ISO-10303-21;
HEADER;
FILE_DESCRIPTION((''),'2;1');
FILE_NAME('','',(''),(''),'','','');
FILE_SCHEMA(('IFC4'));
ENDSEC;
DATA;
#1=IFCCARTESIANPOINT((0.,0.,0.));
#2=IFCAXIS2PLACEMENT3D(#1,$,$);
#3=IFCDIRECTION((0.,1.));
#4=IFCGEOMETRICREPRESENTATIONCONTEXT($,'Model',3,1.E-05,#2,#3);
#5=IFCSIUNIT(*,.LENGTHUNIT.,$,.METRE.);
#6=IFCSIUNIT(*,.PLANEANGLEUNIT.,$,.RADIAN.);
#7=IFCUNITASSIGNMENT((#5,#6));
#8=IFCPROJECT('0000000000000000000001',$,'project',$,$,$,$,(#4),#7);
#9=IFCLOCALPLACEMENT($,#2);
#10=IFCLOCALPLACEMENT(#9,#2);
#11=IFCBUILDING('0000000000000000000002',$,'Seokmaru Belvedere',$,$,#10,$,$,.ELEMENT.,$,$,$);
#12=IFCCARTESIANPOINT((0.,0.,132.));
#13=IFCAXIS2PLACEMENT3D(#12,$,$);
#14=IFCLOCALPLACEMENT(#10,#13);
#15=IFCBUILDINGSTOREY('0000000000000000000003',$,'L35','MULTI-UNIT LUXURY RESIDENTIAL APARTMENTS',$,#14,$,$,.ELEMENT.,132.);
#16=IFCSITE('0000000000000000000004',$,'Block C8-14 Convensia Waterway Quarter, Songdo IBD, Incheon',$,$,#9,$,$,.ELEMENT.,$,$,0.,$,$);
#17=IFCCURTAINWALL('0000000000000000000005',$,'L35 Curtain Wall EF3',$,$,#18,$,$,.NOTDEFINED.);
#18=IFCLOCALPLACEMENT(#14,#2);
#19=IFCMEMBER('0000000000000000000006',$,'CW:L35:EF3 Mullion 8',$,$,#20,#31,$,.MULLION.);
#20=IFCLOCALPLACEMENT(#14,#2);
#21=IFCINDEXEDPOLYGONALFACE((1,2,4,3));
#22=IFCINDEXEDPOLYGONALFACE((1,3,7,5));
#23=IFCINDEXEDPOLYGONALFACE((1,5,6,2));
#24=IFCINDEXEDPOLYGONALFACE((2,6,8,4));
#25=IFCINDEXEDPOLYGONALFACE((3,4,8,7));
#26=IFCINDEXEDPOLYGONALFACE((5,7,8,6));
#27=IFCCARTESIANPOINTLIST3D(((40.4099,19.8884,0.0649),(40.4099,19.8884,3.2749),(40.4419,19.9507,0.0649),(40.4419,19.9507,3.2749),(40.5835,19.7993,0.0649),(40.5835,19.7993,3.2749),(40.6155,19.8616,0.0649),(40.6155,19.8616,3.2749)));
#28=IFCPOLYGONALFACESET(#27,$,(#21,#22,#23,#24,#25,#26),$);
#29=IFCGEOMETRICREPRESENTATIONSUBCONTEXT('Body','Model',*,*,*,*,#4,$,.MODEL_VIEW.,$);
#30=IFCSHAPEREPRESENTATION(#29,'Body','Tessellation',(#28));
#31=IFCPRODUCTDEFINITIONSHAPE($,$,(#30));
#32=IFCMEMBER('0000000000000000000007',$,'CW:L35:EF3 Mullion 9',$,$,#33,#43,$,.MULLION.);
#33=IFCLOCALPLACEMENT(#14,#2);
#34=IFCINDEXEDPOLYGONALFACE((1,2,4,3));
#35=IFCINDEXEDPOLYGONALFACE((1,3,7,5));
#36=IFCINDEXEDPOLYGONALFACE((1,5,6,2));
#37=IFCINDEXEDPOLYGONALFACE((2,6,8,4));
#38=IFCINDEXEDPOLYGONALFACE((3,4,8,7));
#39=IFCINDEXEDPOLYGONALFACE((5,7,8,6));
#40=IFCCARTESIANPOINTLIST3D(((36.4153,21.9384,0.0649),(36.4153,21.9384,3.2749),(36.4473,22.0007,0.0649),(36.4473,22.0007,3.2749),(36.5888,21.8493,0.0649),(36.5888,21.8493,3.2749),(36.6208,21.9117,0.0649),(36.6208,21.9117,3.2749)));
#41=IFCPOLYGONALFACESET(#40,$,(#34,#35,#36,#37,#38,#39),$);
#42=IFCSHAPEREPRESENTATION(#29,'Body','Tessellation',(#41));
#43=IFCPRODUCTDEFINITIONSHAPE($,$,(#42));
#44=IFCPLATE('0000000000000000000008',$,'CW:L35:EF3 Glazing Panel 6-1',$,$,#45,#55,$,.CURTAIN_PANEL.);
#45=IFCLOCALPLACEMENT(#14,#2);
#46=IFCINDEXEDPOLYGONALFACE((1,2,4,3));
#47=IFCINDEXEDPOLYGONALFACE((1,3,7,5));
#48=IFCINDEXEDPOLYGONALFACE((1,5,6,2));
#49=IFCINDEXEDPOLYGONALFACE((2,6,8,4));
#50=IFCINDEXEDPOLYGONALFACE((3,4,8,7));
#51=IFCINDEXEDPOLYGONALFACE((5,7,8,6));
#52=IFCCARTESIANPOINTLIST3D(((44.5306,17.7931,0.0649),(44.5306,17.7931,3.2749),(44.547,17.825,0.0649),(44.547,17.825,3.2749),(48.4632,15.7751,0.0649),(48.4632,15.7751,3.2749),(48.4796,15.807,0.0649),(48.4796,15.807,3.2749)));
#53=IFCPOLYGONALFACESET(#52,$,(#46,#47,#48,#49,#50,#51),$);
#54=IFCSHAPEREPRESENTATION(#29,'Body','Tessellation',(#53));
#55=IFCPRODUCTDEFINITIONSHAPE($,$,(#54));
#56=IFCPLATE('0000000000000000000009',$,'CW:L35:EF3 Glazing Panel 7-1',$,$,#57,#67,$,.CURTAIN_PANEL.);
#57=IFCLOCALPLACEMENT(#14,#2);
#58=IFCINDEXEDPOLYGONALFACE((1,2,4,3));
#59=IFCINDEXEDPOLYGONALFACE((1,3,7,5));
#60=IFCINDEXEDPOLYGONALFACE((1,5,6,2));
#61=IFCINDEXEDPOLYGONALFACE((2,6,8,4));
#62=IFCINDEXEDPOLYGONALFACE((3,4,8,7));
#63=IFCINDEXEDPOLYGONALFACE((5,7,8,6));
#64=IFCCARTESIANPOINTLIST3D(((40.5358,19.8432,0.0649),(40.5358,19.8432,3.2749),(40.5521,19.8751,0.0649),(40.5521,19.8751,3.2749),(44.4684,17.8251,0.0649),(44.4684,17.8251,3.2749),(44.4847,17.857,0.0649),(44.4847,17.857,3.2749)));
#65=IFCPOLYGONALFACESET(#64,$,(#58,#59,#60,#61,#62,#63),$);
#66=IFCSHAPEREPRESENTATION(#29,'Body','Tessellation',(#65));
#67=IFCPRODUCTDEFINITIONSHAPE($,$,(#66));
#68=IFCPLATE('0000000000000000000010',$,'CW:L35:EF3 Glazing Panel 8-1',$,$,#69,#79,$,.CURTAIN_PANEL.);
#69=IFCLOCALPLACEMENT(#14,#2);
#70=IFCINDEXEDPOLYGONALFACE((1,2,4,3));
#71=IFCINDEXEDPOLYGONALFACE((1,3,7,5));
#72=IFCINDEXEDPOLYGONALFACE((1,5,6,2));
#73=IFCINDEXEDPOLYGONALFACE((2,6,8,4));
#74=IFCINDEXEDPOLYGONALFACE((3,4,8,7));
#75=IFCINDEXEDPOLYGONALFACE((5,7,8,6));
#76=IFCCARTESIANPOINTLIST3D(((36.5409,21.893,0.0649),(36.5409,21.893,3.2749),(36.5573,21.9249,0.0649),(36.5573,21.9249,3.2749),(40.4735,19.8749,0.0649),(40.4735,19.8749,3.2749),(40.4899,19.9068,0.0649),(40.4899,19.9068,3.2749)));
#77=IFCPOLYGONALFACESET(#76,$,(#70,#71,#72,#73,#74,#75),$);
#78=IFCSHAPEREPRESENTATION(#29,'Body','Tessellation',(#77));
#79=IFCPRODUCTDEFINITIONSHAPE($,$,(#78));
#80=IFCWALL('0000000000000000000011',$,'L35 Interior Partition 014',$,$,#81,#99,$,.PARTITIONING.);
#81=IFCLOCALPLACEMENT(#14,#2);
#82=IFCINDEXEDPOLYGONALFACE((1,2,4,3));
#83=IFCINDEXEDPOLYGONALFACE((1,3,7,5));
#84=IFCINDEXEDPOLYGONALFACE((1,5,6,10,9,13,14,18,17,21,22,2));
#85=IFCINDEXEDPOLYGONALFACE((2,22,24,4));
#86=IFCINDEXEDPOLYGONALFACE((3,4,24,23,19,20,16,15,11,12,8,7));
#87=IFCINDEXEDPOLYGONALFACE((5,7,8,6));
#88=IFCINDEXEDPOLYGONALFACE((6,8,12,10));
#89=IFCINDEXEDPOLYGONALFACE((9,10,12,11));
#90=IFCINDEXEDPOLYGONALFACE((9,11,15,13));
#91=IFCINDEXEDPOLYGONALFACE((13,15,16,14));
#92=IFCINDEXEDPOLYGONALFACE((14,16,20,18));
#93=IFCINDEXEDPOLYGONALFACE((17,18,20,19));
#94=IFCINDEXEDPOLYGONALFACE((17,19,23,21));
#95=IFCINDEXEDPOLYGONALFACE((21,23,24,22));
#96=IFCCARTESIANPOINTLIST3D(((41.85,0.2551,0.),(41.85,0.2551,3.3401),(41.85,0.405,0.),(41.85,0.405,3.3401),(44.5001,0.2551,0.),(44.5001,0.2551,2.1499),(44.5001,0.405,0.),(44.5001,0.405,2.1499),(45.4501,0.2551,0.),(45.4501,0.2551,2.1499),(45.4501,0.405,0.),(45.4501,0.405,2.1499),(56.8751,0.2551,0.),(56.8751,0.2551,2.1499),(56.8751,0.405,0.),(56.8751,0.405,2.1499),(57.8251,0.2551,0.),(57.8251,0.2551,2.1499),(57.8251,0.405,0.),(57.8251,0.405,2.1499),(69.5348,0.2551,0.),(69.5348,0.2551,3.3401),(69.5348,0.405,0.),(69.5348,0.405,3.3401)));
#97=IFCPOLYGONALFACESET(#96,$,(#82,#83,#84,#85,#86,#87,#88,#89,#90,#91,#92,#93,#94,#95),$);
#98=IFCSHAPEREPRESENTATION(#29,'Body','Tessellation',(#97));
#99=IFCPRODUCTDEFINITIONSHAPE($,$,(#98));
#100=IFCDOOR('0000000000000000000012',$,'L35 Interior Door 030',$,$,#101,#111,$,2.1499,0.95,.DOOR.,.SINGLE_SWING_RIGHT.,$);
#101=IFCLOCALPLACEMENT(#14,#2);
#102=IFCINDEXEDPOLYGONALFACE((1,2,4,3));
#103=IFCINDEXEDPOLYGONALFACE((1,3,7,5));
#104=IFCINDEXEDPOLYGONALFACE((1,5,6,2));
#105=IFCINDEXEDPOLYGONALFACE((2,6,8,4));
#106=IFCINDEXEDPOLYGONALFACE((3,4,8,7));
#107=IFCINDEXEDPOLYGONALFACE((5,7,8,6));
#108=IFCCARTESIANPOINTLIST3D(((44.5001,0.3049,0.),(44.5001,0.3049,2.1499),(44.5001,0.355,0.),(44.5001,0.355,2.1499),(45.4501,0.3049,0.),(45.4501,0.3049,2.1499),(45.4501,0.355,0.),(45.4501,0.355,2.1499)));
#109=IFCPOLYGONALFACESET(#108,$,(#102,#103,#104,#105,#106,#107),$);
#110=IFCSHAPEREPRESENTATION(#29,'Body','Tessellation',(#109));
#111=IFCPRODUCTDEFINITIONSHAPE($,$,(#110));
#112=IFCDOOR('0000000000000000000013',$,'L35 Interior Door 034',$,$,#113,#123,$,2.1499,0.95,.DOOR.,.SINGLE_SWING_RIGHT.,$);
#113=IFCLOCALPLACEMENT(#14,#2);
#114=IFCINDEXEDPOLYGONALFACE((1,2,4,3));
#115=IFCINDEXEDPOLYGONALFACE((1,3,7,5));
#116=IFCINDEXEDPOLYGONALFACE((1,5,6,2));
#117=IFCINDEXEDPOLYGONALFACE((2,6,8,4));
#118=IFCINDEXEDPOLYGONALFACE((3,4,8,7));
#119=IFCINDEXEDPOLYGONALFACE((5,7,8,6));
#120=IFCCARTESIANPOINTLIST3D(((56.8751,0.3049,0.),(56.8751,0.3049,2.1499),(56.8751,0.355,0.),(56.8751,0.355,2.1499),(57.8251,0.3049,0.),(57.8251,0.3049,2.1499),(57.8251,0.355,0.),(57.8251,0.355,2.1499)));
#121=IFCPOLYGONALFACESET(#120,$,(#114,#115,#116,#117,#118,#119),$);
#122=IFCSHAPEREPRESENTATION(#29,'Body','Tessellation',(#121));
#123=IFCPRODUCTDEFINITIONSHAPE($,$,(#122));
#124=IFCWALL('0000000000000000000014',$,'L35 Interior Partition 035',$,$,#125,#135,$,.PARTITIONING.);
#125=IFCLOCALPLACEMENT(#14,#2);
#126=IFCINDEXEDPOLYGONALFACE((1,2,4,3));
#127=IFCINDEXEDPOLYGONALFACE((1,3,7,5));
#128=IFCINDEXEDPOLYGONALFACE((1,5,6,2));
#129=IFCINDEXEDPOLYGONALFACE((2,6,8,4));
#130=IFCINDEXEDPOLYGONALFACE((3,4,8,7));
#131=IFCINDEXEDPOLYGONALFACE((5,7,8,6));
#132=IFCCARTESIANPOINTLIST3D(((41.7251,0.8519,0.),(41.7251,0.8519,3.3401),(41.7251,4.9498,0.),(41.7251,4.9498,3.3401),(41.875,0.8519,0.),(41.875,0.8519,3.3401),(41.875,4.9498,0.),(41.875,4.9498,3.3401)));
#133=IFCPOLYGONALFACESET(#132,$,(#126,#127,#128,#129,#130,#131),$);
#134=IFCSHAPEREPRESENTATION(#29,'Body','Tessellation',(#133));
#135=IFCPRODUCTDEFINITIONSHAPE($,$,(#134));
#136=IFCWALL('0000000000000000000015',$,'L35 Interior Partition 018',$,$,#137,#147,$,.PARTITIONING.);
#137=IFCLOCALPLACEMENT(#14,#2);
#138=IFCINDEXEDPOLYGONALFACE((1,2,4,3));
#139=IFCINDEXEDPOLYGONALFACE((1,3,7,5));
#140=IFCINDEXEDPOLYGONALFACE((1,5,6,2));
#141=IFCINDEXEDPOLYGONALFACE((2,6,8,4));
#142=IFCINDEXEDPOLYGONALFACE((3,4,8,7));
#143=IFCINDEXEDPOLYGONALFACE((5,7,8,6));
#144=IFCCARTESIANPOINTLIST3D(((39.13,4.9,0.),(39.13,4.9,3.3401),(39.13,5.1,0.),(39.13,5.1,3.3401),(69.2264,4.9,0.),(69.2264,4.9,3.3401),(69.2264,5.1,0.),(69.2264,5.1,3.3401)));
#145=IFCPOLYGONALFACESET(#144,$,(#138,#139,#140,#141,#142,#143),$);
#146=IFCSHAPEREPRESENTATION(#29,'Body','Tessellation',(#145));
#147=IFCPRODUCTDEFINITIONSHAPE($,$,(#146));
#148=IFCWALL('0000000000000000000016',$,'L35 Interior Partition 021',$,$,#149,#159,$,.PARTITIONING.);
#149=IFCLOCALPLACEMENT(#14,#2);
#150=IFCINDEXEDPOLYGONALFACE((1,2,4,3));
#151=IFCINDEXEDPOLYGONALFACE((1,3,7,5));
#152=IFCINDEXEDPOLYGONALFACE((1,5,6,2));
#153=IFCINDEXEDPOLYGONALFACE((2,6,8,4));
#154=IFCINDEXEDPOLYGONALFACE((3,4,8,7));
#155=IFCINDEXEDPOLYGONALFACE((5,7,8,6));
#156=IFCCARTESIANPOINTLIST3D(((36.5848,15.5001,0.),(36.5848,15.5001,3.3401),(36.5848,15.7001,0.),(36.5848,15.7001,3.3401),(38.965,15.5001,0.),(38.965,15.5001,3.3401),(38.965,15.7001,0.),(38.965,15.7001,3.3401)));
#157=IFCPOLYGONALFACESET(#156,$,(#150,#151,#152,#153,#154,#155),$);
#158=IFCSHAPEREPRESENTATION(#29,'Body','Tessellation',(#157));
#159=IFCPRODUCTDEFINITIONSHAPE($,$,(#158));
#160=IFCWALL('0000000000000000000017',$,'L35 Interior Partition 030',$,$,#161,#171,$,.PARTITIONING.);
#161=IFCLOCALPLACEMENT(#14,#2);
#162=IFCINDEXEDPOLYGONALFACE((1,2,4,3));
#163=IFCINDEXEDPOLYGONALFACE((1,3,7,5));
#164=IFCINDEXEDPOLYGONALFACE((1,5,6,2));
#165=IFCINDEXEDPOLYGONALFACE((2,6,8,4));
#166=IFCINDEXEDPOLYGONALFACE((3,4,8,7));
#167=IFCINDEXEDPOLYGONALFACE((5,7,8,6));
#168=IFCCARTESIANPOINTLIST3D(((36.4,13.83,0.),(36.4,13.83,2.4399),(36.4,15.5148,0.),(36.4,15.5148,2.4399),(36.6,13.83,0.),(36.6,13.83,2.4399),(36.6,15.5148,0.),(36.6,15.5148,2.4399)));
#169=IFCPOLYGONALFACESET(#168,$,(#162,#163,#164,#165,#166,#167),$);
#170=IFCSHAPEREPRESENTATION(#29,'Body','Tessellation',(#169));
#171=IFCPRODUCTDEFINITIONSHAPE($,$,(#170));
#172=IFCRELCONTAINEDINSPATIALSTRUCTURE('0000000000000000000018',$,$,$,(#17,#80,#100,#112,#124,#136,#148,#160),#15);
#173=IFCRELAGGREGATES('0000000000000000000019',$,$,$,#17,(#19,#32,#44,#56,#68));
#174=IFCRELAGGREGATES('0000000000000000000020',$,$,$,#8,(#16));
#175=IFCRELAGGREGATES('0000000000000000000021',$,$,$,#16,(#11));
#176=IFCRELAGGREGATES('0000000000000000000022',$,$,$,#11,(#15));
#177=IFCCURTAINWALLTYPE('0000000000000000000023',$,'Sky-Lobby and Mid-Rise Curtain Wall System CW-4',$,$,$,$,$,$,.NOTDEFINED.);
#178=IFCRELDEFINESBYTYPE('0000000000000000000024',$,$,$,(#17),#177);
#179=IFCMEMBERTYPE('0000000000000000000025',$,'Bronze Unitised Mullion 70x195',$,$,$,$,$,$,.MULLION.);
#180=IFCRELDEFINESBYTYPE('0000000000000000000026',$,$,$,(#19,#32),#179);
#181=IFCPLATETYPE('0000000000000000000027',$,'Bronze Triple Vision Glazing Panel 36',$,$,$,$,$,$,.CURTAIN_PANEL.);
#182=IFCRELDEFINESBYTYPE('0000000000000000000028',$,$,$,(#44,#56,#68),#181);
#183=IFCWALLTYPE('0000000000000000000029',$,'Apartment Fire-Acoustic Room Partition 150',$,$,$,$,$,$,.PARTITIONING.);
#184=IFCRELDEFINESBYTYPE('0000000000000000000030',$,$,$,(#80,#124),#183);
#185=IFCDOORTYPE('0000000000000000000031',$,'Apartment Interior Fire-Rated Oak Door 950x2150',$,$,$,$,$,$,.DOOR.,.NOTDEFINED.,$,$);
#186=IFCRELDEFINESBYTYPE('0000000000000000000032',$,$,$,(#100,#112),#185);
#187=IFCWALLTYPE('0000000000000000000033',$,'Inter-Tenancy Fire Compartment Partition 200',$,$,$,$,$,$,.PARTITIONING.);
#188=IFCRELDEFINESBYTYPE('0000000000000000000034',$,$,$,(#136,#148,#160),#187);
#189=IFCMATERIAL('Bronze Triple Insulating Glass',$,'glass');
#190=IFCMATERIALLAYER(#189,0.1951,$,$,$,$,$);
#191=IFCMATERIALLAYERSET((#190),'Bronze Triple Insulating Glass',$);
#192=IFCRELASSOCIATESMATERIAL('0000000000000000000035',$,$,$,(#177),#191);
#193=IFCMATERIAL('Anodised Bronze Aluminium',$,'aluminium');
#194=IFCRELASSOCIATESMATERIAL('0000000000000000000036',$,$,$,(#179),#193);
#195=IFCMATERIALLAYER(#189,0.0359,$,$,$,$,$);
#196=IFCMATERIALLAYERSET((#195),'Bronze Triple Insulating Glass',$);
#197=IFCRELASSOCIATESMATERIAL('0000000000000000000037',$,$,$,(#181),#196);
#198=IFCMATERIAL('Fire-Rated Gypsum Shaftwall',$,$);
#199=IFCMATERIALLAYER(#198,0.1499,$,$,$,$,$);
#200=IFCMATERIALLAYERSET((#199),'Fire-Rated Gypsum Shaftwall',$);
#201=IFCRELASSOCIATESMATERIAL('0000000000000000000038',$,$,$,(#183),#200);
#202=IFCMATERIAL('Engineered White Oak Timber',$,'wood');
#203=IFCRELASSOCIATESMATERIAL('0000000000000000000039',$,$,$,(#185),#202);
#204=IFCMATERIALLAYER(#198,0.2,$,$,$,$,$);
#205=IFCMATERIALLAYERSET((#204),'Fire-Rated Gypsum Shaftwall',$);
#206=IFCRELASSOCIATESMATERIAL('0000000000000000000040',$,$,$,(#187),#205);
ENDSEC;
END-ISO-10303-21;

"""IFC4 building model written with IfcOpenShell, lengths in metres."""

from ifc_helpers import new_model, si_unit, direction, frame, frame_2d, origin, origin_2d, place, context, subcontext, project, spatial, rectangle, extrude, source, transform, mapped, material, layer, layer_set, material_profile, profile_set, type_object, type_shapes, element, fill, aggregate, save


model = new_model("IFC4")

# Units and contexts
model_context = context("Model", 3, precision=1e-05, world=origin(), true_north=direction((0.0, 1.0)))
body_context = subcontext(model_context, "Body", "Model", "MODEL_VIEW")
ifc_project = project(units=[si_unit("LENGTHUNIT", "METRE"), si_unit("PLANEANGLEUNIT", "RADIAN")], contexts=[model_context])

# Site, building, storey
site_placement = place(None, origin())
site = spatial("IfcSite", under=ifc_project, at=site_placement, Name="Block C8-14 Convensia Waterway Quarter, Songdo IBD, Incheon", CompositionType="ELEMENT", RefElevation=0.0)
building_placement = place(site_placement, origin())
building = spatial("IfcBuilding", under=site, at=building_placement, Name="Seokmaru Belvedere", CompositionType="ELEMENT")
storey_placement = place(building_placement, frame((0.0, 0.0, 132.0)))
storey = spatial("IfcBuildingStorey", under=building, at=storey_placement, Name="L35", Description="MULTI-UNIT LUXURY RESIDENTIAL APARTMENTS", CompositionType="ELEMENT", Elevation=132.0)

# Curtain wall, members, plates
ifc_material_1 = material(Name="Bronze Triple Insulating Glass", Category="glass")
ifc_layer_1 = layer(ifc_material_1, 0.1951)
ifc_layer_set_1 = layer_set([ifc_layer_1], Name="Bronze Triple Insulating Glass")
curtain_wall_type = type_object("IfcCurtainWallType", Name="Sky-Lobby and Mid-Rise Curtain Wall System CW-4", PredefinedType="NOTDEFINED", material=ifc_layer_set_1)
curtain_wall_placement = place(storey_placement, origin())
curtain_wall = element("IfcCurtainWall", 1, at=curtain_wall_placement, inside=storey, type_object=curtain_wall_type, Name="L35 Curtain Wall EF3", PredefinedType="NOTDEFINED")
ifc_material_2 = material(Name="Anodised Bronze Aluminium", Category="aluminium")
ifc_material_profile_1 = material_profile(ifc_material_2, rectangle(XDim=0.0701, YDim=0.1951, at=origin_2d()), Name="CW-M-70x195")
ifc_profile_set_1 = profile_set([ifc_material_profile_1], Name="Anodised Bronze Aluminium")
member_type = type_object("IfcMemberType", Name="Bronze Unitised Mullion 70x195", PredefinedType="MULLION", material=ifc_profile_set_1)
shared_shape_1 = source(origin(), body_context, "Body", "SweptSolid", [
    extrude(rectangle(XDim=0.0701, YDim=0.1951, at=origin_2d()), origin(), (0.0, 0.0, 1.0), 3.21),
])
type_shapes(member_type, [shared_shape_1])
member_1_placement = place(storey_placement, frame((40.5127, 19.875, 0.0649), z_axis=(0.0, 0.0, 1.0), x_axis=(-0.456555, -0.889695, 0.0)))
member_1 = element("IfcMember", 2, at=member_1_placement, type_object=member_type, Name="CW:L35:EF3 Mullion 8", PredefinedType="MULLION", context=body_context, shape_type="MappedRepresentation", body=[
    mapped(shared_shape_1, transform((0.0, 0.0, 0.0), scale=1.0)),
])
member_2_placement = place(storey_placement, frame((36.5181, 21.925, 0.0649), z_axis=(0.0, 0.0, 1.0), x_axis=(-0.456555, -0.889695, 0.0)))
member_2 = element("IfcMember", 3, at=member_2_placement, type_object=member_type, Name="CW:L35:EF3 Mullion 9", PredefinedType="MULLION", context=body_context, shape_type="MappedRepresentation", body=[
    mapped(shared_shape_1, transform((0.0, 0.0, 0.0), scale=1.0)),
])
ifc_layer_2 = layer(ifc_material_1, 0.0359)
ifc_layer_set_2 = layer_set([ifc_layer_2], Name="Bronze Triple Insulating Glass")
plate_type = type_object("IfcPlateType", Name="Bronze Triple Vision Glazing Panel 36", PredefinedType="CURTAIN_PANEL", material=ifc_layer_set_2)
shared_shape_2 = source(origin(), body_context, "Body", "SweptSolid", [
    extrude(rectangle(XDim=4.4202, YDim=0.0359, at=origin_2d()), origin(), (0.0, 0.0, 1.0), 3.21),
])
type_shapes(plate_type, [shared_shape_2])
plate_1_placement = place(storey_placement, frame((46.5051, 16.8, 0.0649), z_axis=(0.0, 0.0, 1.0), x_axis=(-0.889695, 0.456555, 0.0)))
plate_1 = element("IfcPlate", 4, at=plate_1_placement, type_object=plate_type, Name="CW:L35:EF3 Glazing Panel 6-1", PredefinedType="CURTAIN_PANEL", context=body_context, shape_type="MappedRepresentation", body=[
    mapped(shared_shape_2, transform((0.0, 0.0, 0.0), scale=1.0)),
])
plate_2_placement = place(storey_placement, frame((42.5103, 18.8501, 0.0649), z_axis=(0.0, 0.0, 1.0), x_axis=(-0.889695, 0.456555, 0.0)))
plate_2 = element("IfcPlate", 5, at=plate_2_placement, type_object=plate_type, Name="CW:L35:EF3 Glazing Panel 7-1", PredefinedType="CURTAIN_PANEL", context=body_context, shape_type="MappedRepresentation", body=[
    mapped(shared_shape_2, transform((0.0, 0.0, 0.0), scale=1.0)),
])
plate_3_placement = place(storey_placement, frame((38.5154, 20.8999, 0.0649), z_axis=(0.0, 0.0, 1.0), x_axis=(-0.889695, 0.456555, 0.0)))
plate_3 = element("IfcPlate", 6, at=plate_3_placement, type_object=plate_type, Name="CW:L35:EF3 Glazing Panel 8-1", PredefinedType="CURTAIN_PANEL", context=body_context, shape_type="MappedRepresentation", body=[
    mapped(shared_shape_2, transform((0.0, 0.0, 0.0), scale=1.0)),
])
aggregate(curtain_wall, [member_1, member_2, plate_1, plate_2, plate_3])

# Wall, openings, doors
ifc_material_3 = material(Name="Fire-Rated Gypsum Shaftwall")
ifc_layer_3 = layer(ifc_material_3, 0.1499)
ifc_layer_set_3 = layer_set([ifc_layer_3], Name="Fire-Rated Gypsum Shaftwall")
wall_type_1 = type_object("IfcWallType", Name="Apartment Fire-Acoustic Room Partition 150", PredefinedType="PARTITIONING", material=ifc_layer_set_3)
wall_1_placement = place(storey_placement, frame((41.8501, 0.3301, 0.0), z_axis=(0.0, 0.0, 1.0), x_axis=(1.0, 0.0, 0.0)))
wall_1 = element("IfcWall", 7, at=wall_1_placement, inside=storey, type_object=wall_type_1, Name="L35 Interior Partition 014", PredefinedType="PARTITIONING", context=body_context, shape_type="SweptSolid", body=[
    extrude(rectangle(XDim=27.6848, YDim=0.1499, at=frame_2d((13.8423, 0.0))), origin(), (0.0, 0.0, 1.0), 3.3401),
])
opening_1_placement = place(wall_1_placement, frame((2.6499, 0.0, 0.0)))
opening_1 = element("IfcOpeningElement", 8, at=opening_1_placement, cuts=wall_1, PredefinedType="OPENING", context=body_context, shape_type="SweptSolid", body=[
    extrude(rectangle(XDim=0.95, YDim=2.1499, at=frame_2d((0.4751, 1.075))), frame((0.0, 0.085, 0.0), z_axis=(0.0, -1.0, 0.0), x_axis=(1.0, 0.0, 0.0)), (0.0, 0.0, 1.0), 0.1699),
])
opening_2_placement = place(wall_1_placement, frame((15.0249, 0.0, 0.0)))
opening_2 = element("IfcOpeningElement", 9, at=opening_2_placement, cuts=wall_1, PredefinedType="OPENING", context=body_context, shape_type="SweptSolid", body=[
    extrude(rectangle(XDim=0.95, YDim=2.1499, at=frame_2d((0.4751, 1.075))), frame((0.0, 0.085, 0.0), z_axis=(0.0, -1.0, 0.0), x_axis=(1.0, 0.0, 0.0)), (0.0, 0.0, 1.0), 0.1699),
])
ifc_material_4 = material(Name="Engineered White Oak Timber", Category="wood")
door_type = type_object("IfcDoorType", Name="Apartment Interior Fire-Rated Oak Door 950x2150", OperationType="NOTDEFINED", PredefinedType="DOOR", material=ifc_material_4)
shared_shape_3 = source(origin(), body_context, "Body", "SweptSolid", [
    extrude(rectangle(XDim=0.95, YDim=2.1499, at=frame_2d((0.4751, 1.075))), frame((0.0, 0.0249, 0.0), z_axis=(0.0, -1.0, 0.0), x_axis=(1.0, 0.0, 0.0)), (0.0, 0.0, 1.0), 0.05),
])
type_shapes(door_type, [shared_shape_3])
door_1_placement = place(opening_1_placement, origin())
door_1 = element("IfcDoor", 10, at=door_1_placement, inside=storey, type_object=door_type, Name="L35 Interior Door 030", OperationType="SINGLE_SWING_RIGHT", OverallHeight=2.1499, OverallWidth=0.95, PredefinedType="DOOR", context=body_context, shape_type="MappedRepresentation", body=[
    mapped(shared_shape_3, transform((0.0, 0.0, 0.0), scale=1.0)),
])
fill(opening_1, door_1)
door_2_placement = place(opening_2_placement, origin())
door_2 = element("IfcDoor", 11, at=door_2_placement, inside=storey, type_object=door_type, Name="L35 Interior Door 034", OperationType="SINGLE_SWING_RIGHT", OverallHeight=2.1499, OverallWidth=0.95, PredefinedType="DOOR", context=body_context, shape_type="MappedRepresentation", body=[
    mapped(shared_shape_3, transform((0.0, 0.0, 0.0), scale=1.0)),
])
fill(opening_2, door_2)

# Walls
wall_2_placement = place(storey_placement, frame((41.8, 0.8521, 0.0), z_axis=(0.0, 0.0, 1.0), x_axis=(0.0, 1.0, 0.0)))
element("IfcWall", 12, at=wall_2_placement, inside=storey, type_object=wall_type_1, Name="L35 Interior Partition 035", PredefinedType="PARTITIONING", context=body_context, shape_type="SweptSolid", body=[
    extrude(rectangle(XDim=4.0979, YDim=0.1499, at=frame_2d((2.0488, 0.0))), origin(), (0.0, 0.0, 1.0), 3.3401),
])
ifc_layer_4 = layer(ifc_material_3, 0.2)
ifc_layer_set_4 = layer_set([ifc_layer_4], Name="Fire-Rated Gypsum Shaftwall")
wall_type_2 = type_object("IfcWallType", Name="Inter-Tenancy Fire Compartment Partition 200", PredefinedType="PARTITIONING", material=ifc_layer_set_4)
wall_3_placement = place(storey_placement, frame((39.1299, 5.0, 0.0), z_axis=(0.0, 0.0, 1.0), x_axis=(1.0, 0.0, 0.0)))
element("IfcWall", 13, at=wall_3_placement, inside=storey, type_object=wall_type_2, Name="L35 Interior Partition 018", PredefinedType="PARTITIONING", context=body_context, shape_type="SweptSolid", body=[
    extrude(rectangle(XDim=30.0964, YDim=0.2, at=frame_2d((15.0483, 0.0))), origin(), (0.0, 0.0, 1.0), 3.3401),
])
wall_4_placement = place(storey_placement, frame((36.585, 15.6001, 0.0), z_axis=(0.0, 0.0, 1.0), x_axis=(1.0, 0.0, 0.0)))
element("IfcWall", 14, at=wall_4_placement, inside=storey, type_object=wall_type_2, Name="L35 Interior Partition 021", PredefinedType="PARTITIONING", context=body_context, shape_type="SweptSolid", body=[
    extrude(rectangle(XDim=2.3801, YDim=0.2, at=frame_2d((1.1899, 0.0))), origin(), (0.0, 0.0, 1.0), 3.3401),
])
wall_5_placement = place(storey_placement, frame((36.5, 13.8301, 0.0), z_axis=(0.0, 0.0, 1.0), x_axis=(0.0, 1.0, 0.0)))
element("IfcWall", 15, at=wall_5_placement, inside=storey, type_object=wall_type_2, Name="L35 Interior Partition 030", PredefinedType="PARTITIONING", context=body_context, shape_type="SweptSolid", body=[
    extrude(rectangle(XDim=1.6848, YDim=0.2, at=frame_2d((0.8423, 0.0))), origin(), (0.0, 0.0, 1.0), 2.4399),
])

save(model, "model.ifc")
